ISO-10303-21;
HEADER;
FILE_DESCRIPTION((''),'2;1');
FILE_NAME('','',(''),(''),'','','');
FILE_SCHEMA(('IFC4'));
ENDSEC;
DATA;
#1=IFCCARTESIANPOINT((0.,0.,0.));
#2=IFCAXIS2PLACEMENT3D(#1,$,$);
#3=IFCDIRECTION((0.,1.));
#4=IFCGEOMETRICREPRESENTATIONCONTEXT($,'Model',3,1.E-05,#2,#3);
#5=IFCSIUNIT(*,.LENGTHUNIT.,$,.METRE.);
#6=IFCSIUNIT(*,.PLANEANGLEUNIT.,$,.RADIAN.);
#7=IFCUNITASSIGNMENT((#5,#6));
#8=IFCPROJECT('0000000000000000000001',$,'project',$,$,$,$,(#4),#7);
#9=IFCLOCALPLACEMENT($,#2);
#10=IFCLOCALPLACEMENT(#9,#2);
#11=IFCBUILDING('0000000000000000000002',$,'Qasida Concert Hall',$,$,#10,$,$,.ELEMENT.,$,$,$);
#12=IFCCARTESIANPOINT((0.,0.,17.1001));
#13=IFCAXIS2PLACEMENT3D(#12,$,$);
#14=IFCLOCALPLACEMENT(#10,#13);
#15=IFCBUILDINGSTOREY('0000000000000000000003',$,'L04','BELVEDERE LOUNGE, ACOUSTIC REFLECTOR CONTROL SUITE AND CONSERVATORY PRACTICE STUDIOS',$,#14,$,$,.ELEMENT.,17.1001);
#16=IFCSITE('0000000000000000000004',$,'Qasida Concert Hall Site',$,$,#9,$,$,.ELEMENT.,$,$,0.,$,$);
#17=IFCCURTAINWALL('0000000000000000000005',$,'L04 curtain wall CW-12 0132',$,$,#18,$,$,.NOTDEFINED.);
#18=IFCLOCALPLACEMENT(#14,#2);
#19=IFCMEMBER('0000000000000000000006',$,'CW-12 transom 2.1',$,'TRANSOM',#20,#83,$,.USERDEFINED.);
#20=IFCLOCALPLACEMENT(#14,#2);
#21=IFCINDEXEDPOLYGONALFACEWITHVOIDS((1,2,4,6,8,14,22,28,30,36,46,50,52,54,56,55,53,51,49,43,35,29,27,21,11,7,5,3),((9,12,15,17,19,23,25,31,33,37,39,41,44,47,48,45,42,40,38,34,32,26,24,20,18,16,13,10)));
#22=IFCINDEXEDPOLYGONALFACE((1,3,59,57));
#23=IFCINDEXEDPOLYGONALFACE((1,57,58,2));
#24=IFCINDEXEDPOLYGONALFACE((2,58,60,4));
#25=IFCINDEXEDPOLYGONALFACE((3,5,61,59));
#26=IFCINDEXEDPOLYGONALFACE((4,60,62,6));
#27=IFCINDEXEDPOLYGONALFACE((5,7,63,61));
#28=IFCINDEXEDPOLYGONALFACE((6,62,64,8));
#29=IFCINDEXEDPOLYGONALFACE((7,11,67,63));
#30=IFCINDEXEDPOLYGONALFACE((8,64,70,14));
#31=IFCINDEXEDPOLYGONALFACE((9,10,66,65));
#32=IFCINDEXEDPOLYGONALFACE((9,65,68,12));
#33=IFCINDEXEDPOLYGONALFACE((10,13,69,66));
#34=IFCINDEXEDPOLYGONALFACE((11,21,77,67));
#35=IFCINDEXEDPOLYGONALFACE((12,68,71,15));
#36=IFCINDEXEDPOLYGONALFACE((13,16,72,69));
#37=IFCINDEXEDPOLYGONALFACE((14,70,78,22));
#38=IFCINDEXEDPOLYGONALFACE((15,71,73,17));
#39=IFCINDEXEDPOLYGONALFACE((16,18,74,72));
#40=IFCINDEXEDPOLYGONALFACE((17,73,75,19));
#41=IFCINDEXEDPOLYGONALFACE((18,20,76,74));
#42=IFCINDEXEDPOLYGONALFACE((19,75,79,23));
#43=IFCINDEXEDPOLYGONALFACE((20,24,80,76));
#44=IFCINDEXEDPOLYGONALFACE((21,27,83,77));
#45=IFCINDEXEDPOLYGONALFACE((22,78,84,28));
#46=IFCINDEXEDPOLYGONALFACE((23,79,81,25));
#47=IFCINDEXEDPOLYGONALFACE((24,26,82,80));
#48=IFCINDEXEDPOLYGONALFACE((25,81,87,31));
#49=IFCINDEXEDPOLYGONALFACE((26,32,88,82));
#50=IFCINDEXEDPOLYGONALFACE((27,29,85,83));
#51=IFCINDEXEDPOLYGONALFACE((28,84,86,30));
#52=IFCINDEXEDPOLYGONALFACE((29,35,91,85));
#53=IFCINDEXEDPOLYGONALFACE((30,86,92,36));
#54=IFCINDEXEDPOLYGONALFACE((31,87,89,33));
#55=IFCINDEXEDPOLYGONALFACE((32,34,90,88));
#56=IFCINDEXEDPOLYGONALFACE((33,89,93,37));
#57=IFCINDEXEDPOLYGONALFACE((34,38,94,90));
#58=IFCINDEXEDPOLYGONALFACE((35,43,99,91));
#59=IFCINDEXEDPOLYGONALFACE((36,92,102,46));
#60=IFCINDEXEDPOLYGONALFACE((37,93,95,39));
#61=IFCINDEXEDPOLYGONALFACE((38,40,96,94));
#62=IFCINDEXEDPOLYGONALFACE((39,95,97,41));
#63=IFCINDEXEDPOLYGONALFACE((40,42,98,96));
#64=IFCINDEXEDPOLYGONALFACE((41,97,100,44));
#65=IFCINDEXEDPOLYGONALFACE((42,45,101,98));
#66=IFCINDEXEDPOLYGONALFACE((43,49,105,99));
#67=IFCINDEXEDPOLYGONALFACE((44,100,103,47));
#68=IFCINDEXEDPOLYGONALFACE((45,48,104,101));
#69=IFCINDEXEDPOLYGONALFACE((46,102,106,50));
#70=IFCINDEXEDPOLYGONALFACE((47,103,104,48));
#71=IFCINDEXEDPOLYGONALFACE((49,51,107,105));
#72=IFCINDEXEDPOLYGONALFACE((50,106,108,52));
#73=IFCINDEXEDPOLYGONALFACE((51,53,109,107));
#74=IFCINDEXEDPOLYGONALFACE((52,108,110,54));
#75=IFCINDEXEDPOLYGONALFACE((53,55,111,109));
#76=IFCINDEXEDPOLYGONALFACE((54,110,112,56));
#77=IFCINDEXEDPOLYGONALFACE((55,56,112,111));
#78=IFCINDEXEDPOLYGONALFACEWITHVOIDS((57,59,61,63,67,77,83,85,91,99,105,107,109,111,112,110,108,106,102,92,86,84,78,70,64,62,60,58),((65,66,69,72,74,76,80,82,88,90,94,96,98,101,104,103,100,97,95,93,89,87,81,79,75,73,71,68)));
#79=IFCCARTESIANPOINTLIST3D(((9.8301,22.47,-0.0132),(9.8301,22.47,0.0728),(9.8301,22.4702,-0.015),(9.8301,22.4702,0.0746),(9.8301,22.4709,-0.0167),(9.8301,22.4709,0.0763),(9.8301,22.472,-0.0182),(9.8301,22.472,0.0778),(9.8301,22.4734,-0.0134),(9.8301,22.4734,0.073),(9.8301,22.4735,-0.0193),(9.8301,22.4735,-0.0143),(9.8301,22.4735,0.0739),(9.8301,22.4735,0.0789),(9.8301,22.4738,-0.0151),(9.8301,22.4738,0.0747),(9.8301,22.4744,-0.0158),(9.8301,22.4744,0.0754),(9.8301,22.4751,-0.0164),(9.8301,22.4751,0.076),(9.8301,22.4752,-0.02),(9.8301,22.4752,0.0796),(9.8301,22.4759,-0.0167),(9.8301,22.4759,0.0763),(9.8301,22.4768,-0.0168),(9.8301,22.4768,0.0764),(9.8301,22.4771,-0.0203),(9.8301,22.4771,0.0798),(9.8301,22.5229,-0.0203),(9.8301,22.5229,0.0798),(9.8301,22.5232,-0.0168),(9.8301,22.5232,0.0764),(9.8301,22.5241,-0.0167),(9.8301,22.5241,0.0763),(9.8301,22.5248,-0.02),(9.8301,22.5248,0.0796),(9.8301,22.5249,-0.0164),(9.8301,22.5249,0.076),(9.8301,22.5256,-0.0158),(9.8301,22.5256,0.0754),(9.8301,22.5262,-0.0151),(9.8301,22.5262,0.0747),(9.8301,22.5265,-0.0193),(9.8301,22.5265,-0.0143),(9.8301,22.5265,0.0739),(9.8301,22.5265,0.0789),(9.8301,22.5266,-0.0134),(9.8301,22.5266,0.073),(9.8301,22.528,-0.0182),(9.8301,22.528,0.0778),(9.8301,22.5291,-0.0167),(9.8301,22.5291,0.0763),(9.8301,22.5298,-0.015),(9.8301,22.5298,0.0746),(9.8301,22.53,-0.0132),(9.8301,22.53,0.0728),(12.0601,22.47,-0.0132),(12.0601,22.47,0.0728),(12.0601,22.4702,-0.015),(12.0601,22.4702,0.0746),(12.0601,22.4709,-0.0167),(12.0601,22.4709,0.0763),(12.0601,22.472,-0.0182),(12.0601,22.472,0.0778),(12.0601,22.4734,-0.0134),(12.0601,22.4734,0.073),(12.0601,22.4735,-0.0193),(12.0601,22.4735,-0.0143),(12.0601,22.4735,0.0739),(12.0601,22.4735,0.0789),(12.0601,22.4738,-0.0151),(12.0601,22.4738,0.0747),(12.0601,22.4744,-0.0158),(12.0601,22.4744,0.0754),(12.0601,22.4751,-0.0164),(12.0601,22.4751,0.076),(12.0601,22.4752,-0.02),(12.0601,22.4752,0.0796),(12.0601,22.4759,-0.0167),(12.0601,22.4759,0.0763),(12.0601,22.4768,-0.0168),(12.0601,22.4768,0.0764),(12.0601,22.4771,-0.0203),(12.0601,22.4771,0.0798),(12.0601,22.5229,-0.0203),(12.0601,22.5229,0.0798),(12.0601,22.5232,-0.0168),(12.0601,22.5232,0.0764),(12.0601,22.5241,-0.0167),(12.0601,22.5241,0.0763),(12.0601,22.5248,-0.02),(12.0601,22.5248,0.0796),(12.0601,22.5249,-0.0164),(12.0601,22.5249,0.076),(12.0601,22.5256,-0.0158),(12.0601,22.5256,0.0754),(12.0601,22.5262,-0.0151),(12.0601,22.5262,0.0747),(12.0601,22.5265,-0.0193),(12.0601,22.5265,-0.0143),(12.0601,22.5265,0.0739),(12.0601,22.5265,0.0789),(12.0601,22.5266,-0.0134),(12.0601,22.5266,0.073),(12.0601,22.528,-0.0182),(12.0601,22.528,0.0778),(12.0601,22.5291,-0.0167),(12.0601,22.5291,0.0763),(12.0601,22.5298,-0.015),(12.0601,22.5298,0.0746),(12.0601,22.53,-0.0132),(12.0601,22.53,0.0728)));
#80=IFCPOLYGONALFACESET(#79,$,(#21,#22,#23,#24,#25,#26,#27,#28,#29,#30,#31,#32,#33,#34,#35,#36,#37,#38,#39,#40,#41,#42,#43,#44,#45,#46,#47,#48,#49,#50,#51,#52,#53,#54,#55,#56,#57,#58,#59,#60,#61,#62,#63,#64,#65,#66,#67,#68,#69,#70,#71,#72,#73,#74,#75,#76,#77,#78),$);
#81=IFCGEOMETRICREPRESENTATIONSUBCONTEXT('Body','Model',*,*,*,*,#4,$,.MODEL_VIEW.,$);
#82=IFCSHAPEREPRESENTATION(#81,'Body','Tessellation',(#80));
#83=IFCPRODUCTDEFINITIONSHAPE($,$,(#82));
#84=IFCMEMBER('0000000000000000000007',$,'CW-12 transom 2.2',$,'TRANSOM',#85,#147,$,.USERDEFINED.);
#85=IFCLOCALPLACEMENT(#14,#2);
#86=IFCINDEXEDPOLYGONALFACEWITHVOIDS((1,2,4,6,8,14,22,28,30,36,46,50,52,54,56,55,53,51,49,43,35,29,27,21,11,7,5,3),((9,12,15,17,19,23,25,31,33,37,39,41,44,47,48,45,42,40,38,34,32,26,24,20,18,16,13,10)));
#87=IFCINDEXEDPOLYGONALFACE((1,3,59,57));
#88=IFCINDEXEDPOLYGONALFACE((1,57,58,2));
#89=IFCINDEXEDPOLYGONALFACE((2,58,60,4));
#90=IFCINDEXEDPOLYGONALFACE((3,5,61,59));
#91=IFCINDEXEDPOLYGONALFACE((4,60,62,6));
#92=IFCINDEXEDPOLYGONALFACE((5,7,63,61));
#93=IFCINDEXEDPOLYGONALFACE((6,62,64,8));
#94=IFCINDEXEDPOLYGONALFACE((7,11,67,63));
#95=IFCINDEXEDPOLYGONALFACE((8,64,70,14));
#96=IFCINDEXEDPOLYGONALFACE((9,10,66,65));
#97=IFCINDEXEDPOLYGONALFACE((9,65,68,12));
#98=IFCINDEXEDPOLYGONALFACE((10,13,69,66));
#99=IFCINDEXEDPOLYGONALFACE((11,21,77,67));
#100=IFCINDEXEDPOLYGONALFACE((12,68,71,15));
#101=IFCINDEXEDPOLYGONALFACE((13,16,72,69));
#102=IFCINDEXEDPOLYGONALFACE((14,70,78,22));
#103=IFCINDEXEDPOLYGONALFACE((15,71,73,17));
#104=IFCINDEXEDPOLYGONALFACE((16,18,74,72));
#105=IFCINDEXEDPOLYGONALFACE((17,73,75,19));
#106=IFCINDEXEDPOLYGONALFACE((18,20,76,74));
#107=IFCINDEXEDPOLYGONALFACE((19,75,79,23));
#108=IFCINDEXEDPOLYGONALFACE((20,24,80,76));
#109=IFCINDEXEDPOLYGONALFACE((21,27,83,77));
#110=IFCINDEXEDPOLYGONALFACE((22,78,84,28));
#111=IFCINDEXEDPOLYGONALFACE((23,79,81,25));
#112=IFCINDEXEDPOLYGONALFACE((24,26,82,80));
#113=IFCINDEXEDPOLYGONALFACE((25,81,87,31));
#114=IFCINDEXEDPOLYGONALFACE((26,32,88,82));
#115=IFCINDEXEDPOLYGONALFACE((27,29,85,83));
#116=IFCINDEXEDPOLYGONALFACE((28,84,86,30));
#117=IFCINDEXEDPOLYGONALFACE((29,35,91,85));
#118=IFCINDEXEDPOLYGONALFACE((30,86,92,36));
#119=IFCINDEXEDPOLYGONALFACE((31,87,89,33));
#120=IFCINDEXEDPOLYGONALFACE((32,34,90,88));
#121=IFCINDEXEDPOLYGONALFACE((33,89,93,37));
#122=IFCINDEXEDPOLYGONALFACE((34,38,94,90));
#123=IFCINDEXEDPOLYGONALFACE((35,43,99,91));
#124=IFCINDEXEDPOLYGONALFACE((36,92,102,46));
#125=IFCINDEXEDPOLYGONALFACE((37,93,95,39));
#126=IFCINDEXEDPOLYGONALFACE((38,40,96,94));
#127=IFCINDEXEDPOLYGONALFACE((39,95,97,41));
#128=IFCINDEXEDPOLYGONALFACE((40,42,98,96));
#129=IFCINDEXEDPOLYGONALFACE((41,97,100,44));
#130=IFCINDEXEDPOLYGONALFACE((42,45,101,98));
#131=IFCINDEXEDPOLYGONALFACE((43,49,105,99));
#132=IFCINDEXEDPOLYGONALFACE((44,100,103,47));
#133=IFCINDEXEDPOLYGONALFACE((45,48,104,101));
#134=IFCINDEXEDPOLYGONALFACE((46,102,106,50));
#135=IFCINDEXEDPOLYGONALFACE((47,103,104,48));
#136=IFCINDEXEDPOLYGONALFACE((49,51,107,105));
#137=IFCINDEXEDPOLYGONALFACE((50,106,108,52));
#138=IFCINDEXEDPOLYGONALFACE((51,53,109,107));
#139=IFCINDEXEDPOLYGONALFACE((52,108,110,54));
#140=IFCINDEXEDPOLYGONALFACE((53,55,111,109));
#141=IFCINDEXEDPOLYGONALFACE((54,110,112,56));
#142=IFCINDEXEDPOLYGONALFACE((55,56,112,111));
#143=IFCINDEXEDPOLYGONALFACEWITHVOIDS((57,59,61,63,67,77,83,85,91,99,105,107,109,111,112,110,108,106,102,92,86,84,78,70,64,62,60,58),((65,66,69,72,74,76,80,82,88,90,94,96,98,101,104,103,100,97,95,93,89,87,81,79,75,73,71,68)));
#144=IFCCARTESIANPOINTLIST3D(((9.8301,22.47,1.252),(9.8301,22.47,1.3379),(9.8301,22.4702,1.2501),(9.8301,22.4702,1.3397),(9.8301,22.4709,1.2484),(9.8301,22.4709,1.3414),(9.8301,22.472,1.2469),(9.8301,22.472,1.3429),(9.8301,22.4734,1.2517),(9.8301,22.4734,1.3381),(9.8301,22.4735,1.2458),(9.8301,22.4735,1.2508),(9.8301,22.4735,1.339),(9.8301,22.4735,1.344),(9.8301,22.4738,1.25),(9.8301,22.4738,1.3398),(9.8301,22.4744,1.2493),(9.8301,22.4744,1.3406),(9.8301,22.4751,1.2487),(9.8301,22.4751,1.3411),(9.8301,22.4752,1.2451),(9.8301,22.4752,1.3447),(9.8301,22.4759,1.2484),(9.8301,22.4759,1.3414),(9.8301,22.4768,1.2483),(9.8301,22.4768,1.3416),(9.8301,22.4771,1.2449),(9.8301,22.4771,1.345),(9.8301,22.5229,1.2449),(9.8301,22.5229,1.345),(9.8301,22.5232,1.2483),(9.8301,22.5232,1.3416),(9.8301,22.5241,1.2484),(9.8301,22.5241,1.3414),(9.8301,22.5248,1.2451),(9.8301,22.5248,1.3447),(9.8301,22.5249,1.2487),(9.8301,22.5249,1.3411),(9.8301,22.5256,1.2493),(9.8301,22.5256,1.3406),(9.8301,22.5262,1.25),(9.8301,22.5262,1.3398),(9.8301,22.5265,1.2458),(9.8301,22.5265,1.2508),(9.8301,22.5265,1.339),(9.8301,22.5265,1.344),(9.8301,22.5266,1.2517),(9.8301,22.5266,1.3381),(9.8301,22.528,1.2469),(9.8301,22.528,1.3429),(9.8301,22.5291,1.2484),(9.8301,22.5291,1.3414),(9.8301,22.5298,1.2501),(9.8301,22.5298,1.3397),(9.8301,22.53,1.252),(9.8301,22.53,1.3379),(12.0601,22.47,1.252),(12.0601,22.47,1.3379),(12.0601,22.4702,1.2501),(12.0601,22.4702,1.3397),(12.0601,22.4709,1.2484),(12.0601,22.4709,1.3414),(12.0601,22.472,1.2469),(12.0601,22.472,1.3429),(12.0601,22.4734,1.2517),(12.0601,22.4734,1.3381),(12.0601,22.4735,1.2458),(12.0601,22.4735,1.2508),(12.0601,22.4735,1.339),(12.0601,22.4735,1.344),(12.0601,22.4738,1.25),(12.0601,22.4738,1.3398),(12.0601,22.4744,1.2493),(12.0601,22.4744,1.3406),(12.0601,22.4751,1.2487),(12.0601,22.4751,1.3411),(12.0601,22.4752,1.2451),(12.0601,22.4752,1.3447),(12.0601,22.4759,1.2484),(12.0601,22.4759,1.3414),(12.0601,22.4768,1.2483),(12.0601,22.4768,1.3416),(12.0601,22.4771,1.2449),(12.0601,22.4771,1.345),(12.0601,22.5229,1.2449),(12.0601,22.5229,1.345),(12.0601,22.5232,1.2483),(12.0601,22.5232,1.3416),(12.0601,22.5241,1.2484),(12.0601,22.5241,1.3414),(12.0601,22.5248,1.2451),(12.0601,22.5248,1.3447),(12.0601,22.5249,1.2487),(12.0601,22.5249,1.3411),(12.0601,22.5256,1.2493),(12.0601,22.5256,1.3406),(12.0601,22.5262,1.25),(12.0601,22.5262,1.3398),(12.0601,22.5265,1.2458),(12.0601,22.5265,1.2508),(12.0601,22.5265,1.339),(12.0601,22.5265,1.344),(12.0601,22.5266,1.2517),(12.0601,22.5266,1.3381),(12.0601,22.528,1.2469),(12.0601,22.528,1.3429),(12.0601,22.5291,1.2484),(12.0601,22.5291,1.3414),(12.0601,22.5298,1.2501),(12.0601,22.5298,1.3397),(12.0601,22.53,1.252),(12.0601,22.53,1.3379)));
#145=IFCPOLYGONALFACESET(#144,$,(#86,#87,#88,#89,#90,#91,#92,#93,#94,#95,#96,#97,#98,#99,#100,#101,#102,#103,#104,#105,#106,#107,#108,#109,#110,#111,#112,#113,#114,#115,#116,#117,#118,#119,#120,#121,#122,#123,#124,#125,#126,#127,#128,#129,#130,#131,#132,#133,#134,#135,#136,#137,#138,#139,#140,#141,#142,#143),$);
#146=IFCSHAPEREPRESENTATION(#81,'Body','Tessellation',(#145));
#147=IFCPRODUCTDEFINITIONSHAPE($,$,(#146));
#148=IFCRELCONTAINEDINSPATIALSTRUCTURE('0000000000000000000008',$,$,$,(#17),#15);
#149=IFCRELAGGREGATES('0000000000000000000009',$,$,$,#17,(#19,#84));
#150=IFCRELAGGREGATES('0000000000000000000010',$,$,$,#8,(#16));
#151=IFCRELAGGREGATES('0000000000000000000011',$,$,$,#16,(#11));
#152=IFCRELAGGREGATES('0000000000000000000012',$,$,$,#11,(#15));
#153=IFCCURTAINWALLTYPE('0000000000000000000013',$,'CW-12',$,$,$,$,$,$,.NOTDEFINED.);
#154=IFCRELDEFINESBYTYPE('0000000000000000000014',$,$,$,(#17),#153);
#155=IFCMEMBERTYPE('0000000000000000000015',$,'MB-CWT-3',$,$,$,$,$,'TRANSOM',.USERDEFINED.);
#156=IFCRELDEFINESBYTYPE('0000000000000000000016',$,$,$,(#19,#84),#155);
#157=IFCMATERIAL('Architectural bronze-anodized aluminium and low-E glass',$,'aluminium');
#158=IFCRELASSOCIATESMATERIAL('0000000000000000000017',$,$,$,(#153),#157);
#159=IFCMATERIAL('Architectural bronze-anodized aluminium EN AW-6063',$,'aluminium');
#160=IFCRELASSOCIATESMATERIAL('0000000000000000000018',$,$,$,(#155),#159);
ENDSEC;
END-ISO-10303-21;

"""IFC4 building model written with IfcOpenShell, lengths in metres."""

from ifc_helpers import new_model, si_unit, direction, frame, origin, origin_2d, place, context, subcontext, project, spatial, hollow_rectangle, extrude, material, material_profile, profile_set, type_object, element, aggregate, save


model = new_model("IFC4")

# Units and contexts
model_context = context("Model", 3, precision=1e-05, world=origin(), true_north=direction((0.0, 1.0)))
body_context = subcontext(model_context, "Body", "Model", "MODEL_VIEW")
ifc_project = project(units=[si_unit("LENGTHUNIT", "METRE"), si_unit("PLANEANGLEUNIT", "RADIAN")], contexts=[model_context])

# Site, building, storey
site_placement = place(None, origin())
site = spatial("IfcSite", under=ifc_project, at=site_placement, Name="Qasida Concert Hall Site", CompositionType="ELEMENT", RefElevation=0.0)
building_placement = place(site_placement, origin())
building = spatial("IfcBuilding", under=site, at=building_placement, Name="Qasida Concert Hall", CompositionType="ELEMENT")
storey_placement = place(building_placement, frame((0.0, 0.0, 17.1001)))
storey = spatial("IfcBuildingStorey", under=building, at=storey_placement, Name="L04", Description="BELVEDERE LOUNGE, ACOUSTIC REFLECTOR CONTROL SUITE AND CONSERVATORY PRACTICE STUDIOS", CompositionType="ELEMENT", Elevation=17.1001)

# Shared definitions
ifc_material_1 = material(Name="Architectural bronze-anodized aluminium and low-E glass", Category="aluminium")
curtain_wall_type = type_object("IfcCurtainWallType", Name="CW-12", PredefinedType="NOTDEFINED", material=ifc_material_1)
ifc_material_2 = material(Name="Architectural bronze-anodized aluminium EN AW-6063", Category="aluminium")

# Curtain wall, members
curtain_wall_1_placement = place(storey_placement, origin())
curtain_wall_1 = element("IfcCurtainWall", 1, at=curtain_wall_1_placement, inside=storey, type_object=curtain_wall_type, Name="L04 curtain wall CW-12 0132", PredefinedType="NOTDEFINED")
ifc_material_profile_1 = material_profile(ifc_material_2, hollow_rectangle(XDim=0.0601, YDim=0.1001, WallThickness=0.0034, InnerFilletRadius=0.0034, OuterFilletRadius=0.0071, at=origin_2d()), Name="CWT 100x60x3.5")
ifc_profile_set_1 = profile_set([ifc_material_profile_1], Name="Architectural bronze-anodized aluminium EN AW-6063")
member_type_1 = type_object("IfcMemberType", Name="MB-CWT-3", ElementType="TRANSOM", PredefinedType="USERDEFINED", material=ifc_profile_set_1)
member_1_placement = place(storey_placement, frame((9.8301, 22.5, 0.0298), z_axis=(1.0, 0.0, 0.0), x_axis=(0.0, 1.0, 0.0)))
member_1 = element("IfcMember", 2, at=member_1_placement, type_object=member_type_1, Name="CW-12 transom 2.1", ObjectType="TRANSOM", PredefinedType="USERDEFINED", context=body_context, shape_type="SweptSolid", body=[
    extrude(hollow_rectangle(XDim=0.0601, YDim=0.1001, WallThickness=0.0034, InnerFilletRadius=0.0034, OuterFilletRadius=0.0071, at=origin_2d()), origin(), (0.0, 0.0, 1.0), 2.23),
])
member_2_placement = place(storey_placement, frame((9.8301, 22.5, 1.2949), z_axis=(1.0, 0.0, 0.0), x_axis=(0.0, 1.0, 0.0)))
member_2 = element("IfcMember", 3, at=member_2_placement, type_object=member_type_1, Name="CW-12 transom 2.2", ObjectType="TRANSOM", PredefinedType="USERDEFINED", context=body_context, shape_type="SweptSolid", body=[
    extrude(hollow_rectangle(XDim=0.0601, YDim=0.1001, WallThickness=0.0034, InnerFilletRadius=0.0034, OuterFilletRadius=0.0071, at=origin_2d()), origin(), (0.0, 0.0, 1.0), 2.23),
])
aggregate(curtain_wall_1, [member_1, member_2])

save(model, "model.ifc")
